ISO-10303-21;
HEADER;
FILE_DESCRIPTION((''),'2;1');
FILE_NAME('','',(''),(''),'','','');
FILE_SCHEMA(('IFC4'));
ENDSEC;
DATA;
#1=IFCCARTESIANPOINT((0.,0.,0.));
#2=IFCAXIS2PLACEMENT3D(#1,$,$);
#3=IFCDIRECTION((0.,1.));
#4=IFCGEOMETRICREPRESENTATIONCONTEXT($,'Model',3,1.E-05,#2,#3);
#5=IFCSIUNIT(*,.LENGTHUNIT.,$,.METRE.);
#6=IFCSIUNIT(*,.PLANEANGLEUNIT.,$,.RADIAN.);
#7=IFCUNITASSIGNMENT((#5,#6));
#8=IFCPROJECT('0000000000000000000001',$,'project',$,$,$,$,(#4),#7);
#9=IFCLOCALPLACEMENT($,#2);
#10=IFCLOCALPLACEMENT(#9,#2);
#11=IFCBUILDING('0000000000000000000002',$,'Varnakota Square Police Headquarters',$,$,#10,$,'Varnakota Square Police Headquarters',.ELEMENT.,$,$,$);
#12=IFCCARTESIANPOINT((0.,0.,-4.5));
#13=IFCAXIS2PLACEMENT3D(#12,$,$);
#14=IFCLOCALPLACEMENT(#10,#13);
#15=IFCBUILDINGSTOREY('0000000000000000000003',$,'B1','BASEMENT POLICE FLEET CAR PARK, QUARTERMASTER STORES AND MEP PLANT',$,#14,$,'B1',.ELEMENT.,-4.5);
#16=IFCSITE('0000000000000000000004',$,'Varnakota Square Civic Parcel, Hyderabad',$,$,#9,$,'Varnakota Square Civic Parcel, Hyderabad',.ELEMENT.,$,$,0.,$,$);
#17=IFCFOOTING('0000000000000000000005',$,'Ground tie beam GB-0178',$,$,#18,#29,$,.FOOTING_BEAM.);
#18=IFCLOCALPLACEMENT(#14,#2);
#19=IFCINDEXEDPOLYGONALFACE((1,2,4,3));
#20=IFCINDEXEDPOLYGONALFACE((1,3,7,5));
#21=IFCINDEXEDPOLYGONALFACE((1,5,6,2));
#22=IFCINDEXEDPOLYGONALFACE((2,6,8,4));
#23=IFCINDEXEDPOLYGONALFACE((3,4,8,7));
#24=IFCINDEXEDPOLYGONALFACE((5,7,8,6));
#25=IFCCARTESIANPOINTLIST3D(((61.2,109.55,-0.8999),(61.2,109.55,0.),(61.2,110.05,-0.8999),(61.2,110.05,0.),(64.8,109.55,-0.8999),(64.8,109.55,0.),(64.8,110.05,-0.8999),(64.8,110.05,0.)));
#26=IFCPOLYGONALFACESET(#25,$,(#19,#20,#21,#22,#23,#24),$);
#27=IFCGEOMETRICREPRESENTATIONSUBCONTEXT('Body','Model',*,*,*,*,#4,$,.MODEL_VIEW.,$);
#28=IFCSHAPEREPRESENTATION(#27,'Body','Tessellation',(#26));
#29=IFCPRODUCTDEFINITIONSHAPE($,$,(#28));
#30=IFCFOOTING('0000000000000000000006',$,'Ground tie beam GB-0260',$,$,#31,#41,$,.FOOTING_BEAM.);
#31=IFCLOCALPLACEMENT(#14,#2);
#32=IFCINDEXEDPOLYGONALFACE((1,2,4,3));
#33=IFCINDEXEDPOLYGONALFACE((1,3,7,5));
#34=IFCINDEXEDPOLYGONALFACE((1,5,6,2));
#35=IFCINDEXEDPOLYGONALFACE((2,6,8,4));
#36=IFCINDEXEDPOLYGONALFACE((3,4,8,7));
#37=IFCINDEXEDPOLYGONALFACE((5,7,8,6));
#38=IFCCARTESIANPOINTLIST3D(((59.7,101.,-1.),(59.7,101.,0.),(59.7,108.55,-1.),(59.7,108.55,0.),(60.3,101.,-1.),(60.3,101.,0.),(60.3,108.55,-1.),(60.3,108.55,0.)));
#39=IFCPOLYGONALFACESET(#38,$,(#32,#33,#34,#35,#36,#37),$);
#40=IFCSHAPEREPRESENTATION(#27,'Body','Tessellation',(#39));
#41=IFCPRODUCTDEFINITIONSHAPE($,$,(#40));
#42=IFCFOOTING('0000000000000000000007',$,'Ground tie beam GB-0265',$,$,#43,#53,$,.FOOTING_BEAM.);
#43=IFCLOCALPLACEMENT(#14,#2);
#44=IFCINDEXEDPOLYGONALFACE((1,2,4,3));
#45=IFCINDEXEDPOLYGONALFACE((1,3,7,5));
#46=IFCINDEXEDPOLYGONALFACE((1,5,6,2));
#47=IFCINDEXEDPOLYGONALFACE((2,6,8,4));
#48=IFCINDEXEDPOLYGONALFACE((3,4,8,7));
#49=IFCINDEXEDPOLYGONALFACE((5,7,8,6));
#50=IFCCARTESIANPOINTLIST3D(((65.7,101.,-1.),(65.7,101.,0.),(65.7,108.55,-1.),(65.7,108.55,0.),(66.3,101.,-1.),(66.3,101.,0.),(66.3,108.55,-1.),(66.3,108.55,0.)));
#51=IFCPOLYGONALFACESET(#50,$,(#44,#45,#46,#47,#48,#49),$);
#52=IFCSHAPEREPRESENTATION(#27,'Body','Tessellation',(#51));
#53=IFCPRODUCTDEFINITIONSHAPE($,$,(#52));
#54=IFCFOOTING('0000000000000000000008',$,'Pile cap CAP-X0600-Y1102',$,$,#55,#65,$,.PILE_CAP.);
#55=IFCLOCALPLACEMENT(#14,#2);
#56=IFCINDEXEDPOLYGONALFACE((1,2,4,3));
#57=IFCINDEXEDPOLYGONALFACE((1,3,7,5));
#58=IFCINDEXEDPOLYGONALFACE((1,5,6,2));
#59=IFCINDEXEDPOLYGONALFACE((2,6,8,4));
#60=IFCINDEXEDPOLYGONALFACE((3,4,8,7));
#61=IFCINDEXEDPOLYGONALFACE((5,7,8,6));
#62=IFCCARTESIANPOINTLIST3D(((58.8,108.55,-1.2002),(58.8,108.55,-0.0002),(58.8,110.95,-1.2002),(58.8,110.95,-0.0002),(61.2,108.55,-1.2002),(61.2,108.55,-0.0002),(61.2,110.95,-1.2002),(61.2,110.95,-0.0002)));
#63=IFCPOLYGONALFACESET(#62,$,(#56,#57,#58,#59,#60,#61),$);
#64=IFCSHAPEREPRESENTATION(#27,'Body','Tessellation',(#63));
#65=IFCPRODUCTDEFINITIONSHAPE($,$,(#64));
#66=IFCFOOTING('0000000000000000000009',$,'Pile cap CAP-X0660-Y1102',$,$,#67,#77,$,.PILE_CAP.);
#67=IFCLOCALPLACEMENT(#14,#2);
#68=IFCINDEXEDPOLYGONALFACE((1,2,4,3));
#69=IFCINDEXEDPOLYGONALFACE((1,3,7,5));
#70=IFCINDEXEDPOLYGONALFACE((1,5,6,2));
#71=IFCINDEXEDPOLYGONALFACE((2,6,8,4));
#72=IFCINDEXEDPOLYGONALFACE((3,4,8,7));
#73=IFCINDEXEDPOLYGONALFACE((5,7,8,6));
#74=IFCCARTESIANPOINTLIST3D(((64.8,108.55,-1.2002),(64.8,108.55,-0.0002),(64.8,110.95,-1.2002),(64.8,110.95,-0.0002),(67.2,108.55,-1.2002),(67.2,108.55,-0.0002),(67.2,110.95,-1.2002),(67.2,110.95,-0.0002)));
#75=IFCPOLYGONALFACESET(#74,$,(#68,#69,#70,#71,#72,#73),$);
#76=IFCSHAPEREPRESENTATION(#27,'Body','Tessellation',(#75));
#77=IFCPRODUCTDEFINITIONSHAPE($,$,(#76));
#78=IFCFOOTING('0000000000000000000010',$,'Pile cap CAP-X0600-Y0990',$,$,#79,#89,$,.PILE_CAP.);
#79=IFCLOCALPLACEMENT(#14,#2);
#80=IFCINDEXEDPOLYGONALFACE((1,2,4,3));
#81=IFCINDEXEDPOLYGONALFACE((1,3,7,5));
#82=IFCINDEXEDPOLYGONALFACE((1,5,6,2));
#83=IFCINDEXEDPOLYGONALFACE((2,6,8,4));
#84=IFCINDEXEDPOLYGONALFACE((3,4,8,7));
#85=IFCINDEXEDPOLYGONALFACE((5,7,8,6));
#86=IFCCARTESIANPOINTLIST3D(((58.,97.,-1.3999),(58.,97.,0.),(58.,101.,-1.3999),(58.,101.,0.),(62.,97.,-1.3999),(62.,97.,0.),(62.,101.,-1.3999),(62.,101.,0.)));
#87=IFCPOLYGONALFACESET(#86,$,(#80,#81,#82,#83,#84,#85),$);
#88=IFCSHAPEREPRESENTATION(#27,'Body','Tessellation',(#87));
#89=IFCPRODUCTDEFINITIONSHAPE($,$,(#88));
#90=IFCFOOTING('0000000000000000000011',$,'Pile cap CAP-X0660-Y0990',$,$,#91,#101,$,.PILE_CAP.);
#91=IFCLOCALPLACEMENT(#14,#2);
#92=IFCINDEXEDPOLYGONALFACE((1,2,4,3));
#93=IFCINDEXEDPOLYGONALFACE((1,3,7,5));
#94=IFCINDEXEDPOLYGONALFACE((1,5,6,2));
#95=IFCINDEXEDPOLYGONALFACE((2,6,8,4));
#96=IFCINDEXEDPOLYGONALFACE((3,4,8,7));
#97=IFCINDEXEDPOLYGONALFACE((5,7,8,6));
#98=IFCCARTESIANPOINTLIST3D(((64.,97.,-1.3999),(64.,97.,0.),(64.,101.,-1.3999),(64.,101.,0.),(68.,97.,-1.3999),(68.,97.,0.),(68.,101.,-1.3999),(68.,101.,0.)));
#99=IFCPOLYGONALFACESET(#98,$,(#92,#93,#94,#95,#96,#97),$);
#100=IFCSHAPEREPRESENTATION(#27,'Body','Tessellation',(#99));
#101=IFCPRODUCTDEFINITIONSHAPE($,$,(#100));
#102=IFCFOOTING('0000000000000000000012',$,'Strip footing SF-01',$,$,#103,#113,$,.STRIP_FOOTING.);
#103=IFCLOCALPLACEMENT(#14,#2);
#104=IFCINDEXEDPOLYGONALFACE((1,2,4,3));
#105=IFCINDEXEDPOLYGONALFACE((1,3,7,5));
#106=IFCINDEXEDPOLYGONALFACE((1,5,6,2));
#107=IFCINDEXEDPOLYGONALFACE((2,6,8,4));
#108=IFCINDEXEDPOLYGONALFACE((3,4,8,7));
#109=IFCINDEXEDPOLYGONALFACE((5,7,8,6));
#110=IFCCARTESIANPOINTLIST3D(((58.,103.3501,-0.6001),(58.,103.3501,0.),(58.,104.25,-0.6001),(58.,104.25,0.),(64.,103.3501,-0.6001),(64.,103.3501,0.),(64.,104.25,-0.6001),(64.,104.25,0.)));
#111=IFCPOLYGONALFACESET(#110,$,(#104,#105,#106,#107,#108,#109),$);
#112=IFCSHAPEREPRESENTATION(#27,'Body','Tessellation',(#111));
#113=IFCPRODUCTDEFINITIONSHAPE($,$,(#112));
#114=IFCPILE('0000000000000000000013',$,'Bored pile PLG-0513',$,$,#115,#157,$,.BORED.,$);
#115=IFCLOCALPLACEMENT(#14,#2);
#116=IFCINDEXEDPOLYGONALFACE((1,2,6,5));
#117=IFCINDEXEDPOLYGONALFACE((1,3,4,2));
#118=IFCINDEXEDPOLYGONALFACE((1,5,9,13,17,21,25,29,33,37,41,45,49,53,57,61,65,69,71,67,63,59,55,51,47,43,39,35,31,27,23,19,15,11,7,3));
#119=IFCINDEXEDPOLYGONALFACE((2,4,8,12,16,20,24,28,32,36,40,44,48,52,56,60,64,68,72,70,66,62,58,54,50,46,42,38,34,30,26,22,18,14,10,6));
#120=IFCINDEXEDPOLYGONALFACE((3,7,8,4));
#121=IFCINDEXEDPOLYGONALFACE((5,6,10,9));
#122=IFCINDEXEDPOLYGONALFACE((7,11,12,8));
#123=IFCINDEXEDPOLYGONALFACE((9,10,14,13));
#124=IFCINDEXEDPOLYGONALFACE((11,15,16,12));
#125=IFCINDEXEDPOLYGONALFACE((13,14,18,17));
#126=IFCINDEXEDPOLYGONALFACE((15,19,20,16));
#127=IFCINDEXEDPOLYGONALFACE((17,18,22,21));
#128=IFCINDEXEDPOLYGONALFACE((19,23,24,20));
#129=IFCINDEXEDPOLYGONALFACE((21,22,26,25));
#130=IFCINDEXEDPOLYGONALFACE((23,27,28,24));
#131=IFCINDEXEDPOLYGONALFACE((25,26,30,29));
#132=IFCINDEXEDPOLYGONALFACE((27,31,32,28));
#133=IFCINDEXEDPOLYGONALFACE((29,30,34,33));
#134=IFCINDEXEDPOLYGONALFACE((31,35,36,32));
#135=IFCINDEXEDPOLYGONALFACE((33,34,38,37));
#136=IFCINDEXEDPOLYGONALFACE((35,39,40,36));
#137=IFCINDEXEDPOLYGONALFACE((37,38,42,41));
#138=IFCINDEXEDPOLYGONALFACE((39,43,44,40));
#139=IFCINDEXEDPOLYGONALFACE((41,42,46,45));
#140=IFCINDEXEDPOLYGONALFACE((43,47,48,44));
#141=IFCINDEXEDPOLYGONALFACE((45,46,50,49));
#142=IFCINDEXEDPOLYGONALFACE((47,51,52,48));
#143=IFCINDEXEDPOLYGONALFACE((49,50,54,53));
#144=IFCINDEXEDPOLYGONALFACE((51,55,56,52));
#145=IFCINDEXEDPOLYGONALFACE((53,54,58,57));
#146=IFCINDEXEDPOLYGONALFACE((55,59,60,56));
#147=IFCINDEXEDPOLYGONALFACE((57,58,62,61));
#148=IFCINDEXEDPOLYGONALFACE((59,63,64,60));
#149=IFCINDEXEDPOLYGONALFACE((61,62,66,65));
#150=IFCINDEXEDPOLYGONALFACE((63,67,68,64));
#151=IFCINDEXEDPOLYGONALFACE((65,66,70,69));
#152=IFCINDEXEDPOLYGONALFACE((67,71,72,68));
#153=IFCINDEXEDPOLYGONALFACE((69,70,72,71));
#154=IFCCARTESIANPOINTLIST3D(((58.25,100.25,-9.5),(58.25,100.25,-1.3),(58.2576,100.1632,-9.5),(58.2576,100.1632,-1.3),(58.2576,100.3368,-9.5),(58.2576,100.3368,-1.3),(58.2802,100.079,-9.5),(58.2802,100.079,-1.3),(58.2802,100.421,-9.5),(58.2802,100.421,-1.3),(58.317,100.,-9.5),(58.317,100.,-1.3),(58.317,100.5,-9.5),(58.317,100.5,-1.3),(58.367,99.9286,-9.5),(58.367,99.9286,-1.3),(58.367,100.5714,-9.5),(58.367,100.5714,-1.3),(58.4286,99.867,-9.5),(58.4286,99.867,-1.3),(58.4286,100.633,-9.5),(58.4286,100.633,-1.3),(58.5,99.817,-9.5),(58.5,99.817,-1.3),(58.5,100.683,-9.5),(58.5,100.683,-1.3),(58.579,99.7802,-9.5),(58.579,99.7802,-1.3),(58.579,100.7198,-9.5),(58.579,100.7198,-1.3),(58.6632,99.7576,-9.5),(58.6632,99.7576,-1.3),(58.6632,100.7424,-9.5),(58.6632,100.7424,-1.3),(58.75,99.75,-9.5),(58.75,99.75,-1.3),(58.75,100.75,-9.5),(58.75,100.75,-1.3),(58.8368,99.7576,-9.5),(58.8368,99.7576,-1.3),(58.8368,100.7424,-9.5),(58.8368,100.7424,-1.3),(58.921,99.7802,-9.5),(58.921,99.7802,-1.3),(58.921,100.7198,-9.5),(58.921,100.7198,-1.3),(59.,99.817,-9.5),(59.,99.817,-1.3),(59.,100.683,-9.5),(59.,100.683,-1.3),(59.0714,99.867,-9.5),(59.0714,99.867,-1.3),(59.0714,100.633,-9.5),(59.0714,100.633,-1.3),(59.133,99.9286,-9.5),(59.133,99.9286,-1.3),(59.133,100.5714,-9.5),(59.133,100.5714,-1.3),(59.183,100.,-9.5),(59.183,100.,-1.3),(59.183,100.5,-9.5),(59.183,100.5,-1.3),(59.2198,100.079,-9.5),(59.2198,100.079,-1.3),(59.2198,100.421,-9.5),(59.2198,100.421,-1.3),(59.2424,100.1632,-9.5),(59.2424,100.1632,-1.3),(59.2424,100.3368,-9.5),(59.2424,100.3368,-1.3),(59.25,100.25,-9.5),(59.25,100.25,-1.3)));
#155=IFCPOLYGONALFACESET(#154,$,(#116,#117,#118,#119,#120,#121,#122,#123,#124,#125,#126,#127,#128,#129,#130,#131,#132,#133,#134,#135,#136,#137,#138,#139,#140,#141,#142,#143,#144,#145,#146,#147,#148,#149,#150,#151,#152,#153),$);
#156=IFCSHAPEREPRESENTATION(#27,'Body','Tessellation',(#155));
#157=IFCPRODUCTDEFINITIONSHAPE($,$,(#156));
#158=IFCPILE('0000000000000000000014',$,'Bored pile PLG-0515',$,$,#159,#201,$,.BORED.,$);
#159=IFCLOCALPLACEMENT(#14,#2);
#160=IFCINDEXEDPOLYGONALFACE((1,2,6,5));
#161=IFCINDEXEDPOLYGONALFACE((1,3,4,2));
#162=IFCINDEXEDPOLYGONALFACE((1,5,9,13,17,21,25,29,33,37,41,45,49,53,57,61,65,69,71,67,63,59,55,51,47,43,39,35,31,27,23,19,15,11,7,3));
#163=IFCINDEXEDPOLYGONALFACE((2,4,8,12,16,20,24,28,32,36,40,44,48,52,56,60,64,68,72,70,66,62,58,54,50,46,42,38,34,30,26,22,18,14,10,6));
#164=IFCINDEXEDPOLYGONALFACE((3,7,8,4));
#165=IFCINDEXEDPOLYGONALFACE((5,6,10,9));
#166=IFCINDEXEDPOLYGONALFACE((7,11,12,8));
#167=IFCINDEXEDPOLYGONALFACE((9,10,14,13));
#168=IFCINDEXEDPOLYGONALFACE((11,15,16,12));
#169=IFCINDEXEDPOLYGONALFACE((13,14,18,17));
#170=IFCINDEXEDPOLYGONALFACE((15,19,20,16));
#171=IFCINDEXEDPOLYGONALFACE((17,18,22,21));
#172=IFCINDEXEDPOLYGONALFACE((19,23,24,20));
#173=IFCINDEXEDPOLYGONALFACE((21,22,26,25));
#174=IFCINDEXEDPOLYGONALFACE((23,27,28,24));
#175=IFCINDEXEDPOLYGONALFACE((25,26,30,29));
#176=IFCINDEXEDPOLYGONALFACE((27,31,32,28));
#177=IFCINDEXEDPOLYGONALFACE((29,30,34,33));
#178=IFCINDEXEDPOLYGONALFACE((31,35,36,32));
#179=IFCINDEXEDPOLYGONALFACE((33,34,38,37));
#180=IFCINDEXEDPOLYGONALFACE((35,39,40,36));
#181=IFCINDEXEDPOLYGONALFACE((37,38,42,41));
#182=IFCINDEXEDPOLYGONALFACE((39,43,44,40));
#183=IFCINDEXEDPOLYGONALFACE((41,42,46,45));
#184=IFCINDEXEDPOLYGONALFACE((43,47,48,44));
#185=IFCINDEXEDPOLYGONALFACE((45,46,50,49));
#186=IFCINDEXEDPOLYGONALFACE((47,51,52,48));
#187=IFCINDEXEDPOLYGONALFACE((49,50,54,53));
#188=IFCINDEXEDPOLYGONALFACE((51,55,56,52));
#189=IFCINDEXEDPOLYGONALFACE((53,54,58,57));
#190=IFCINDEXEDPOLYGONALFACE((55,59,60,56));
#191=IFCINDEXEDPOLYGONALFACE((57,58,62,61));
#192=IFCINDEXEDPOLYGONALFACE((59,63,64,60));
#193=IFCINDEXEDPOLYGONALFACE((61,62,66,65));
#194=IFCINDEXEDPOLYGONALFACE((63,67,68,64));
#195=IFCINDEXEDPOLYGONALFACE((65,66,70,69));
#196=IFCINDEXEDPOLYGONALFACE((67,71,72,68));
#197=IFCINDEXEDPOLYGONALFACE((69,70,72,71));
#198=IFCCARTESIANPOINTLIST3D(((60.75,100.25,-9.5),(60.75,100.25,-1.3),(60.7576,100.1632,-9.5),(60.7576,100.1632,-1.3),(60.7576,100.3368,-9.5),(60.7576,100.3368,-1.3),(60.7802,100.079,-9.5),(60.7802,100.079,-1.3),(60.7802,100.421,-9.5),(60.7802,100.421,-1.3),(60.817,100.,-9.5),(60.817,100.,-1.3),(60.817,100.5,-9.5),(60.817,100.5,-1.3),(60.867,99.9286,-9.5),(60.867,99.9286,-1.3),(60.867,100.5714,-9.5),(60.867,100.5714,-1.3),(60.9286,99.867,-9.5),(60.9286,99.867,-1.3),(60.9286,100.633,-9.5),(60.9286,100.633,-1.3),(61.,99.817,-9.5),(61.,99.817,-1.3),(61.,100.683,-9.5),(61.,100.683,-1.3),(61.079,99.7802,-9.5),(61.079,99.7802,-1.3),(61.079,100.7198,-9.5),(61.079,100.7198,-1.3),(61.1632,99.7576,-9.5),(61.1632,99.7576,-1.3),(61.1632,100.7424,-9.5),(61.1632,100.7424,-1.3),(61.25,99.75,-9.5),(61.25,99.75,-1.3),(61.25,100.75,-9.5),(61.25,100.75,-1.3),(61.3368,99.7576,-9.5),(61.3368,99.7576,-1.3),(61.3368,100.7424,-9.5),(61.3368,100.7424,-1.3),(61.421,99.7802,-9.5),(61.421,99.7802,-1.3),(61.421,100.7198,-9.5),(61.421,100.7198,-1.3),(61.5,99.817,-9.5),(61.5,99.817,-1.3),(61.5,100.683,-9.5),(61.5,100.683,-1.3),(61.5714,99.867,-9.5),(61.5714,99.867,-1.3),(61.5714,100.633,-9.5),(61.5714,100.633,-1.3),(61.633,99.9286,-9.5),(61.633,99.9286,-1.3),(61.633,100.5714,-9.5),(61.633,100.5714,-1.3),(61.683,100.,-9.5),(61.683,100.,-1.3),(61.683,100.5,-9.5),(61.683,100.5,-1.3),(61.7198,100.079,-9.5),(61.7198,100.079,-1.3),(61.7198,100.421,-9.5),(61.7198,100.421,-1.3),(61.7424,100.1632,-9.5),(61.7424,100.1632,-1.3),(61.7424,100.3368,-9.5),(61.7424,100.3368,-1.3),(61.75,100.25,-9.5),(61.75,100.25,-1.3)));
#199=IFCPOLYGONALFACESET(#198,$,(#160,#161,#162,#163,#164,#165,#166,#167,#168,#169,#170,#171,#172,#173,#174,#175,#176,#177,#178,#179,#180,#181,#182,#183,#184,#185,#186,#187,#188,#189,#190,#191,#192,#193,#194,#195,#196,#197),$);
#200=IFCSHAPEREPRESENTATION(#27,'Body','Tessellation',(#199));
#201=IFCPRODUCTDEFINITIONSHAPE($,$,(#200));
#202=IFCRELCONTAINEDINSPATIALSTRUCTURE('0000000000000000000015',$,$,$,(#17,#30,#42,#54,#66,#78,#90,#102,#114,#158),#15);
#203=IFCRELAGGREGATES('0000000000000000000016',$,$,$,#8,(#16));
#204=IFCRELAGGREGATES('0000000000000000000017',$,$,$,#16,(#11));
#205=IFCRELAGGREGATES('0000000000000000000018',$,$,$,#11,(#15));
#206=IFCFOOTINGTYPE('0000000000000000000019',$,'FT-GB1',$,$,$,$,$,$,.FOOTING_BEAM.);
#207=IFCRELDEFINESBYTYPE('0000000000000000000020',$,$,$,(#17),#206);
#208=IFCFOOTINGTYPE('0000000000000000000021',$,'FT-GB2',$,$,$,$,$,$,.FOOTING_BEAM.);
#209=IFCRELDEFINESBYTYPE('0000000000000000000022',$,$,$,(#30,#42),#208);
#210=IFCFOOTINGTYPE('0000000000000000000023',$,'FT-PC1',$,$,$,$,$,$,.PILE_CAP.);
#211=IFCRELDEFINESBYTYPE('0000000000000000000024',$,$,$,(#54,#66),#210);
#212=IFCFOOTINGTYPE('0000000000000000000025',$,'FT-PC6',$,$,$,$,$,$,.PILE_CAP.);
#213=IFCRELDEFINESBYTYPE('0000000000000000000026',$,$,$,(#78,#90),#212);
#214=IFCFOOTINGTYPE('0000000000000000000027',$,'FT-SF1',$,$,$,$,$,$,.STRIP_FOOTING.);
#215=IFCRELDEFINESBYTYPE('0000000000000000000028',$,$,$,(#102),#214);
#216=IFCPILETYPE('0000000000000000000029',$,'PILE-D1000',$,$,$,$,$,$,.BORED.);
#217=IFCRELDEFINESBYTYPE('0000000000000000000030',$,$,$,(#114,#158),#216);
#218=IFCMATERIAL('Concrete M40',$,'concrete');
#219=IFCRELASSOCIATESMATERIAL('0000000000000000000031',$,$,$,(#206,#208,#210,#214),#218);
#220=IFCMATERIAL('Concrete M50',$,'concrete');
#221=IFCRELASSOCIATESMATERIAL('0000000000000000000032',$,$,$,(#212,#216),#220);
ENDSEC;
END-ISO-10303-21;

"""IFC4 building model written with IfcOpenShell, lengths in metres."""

from ifc_helpers import new_model, si_unit, direction, frame, origin, origin_2d, place, context, subcontext, project, spatial, rectangle, circle, extrude, material, material_profile, profile_set, type_object, element, save


model = new_model("IFC4")

# Units and contexts
model_context = context("Model", 3, precision=1e-05, world=origin(), true_north=direction((0.0, 1.0)))
body_context = subcontext(model_context, "Body", "Model", "MODEL_VIEW")
ifc_project = project(units=[si_unit("LENGTHUNIT", "METRE"), si_unit("PLANEANGLEUNIT", "RADIAN")], contexts=[model_context])

# Site, building, storey
site_placement = place(None, origin())
site = spatial("IfcSite", under=ifc_project, at=site_placement, Name="Varnakota Square Civic Parcel, Hyderabad", LongName="Varnakota Square Civic Parcel, Hyderabad", CompositionType="ELEMENT", RefElevation=0.0)
building_placement = place(site_placement, origin())
building = spatial("IfcBuilding", under=site, at=building_placement, Name="Varnakota Square Police Headquarters", LongName="Varnakota Square Police Headquarters", CompositionType="ELEMENT")
storey_placement = place(building_placement, frame((0.0, 0.0, -4.5)))
storey = spatial("IfcBuildingStorey", under=building, at=storey_placement, Name="B1", Description="BASEMENT POLICE FLEET CAR PARK, QUARTERMASTER STORES AND MEP PLANT", LongName="B1", CompositionType="ELEMENT", Elevation=-4.5)

# Footings
ifc_material_1 = material(Name="Concrete M40", Category="concrete")
ifc_material_profile_1 = material_profile(ifc_material_1, rectangle(XDim=0.5, YDim=0.8999, at=origin_2d()), Name="GB 500x900")
ifc_profile_set_1 = profile_set([ifc_material_profile_1], Name="Concrete M40")
footing_type_1 = type_object("IfcFootingType", Name="FT-GB1", PredefinedType="FOOTING_BEAM", material=ifc_profile_set_1)
footing_1_placement = place(storey_placement, frame((61.2, 109.8, -0.45), z_axis=(1.0, 0.0, 0.0), x_axis=(0.0, 1.0, 0.0)))
element("IfcFooting", 1, at=footing_1_placement, inside=storey, type_object=footing_type_1, Name="Ground tie beam GB-0178", PredefinedType="FOOTING_BEAM", context=body_context, shape_type="SweptSolid", body=[
    extrude(rectangle(XDim=0.5, YDim=0.8999, at=origin_2d()), origin(), (0.0, 0.0, 1.0), 3.6001),
])
ifc_material_profile_2 = material_profile(ifc_material_1, rectangle(XDim=0.6001, YDim=1.0, at=origin_2d()), Name="GB 600x1000")
ifc_profile_set_2 = profile_set([ifc_material_profile_2], Name="Concrete M40")
footing_type_2 = type_object("IfcFootingType", Name="FT-GB2", PredefinedType="FOOTING_BEAM", material=ifc_profile_set_2)
for number, where, z_axis, x_axis, name in (
    (2, (60.0, 101.0, -0.5), (0.0, 1.0, 0.0), (-1.0, 0.0, 0.0), "Ground tie beam GB-0260"),
    (3, (66.0, 101.0, -0.5), (0.0, 1.0, 0.0), (-1.0, 0.0, 0.0), "Ground tie beam GB-0265"),
):
    element("IfcFooting", number, at=place(storey_placement, frame(where, z_axis=z_axis, x_axis=x_axis)), inside=storey, type_object=footing_type_2, Name=name, PredefinedType="FOOTING_BEAM", context=body_context, shape_type="SweptSolid", body=[
        extrude(rectangle(XDim=0.6001, YDim=1.0, at=origin_2d()), origin(), (0.0, 0.0, 1.0), 7.55),
    ])
footing_type_3 = type_object("IfcFootingType", Name="FT-PC1", PredefinedType="PILE_CAP", material=ifc_material_1)
for number, where, z_axis, x_axis, name in (
    (4, (60.0, 109.75, -1.2002), (0.0, 0.0, 1.0), (1.0, 0.0, 0.0), "Pile cap CAP-X0600-Y1102"),
    (5, (66.0, 109.75, -1.2002), (0.0, 0.0, 1.0), (1.0, 0.0, 0.0), "Pile cap CAP-X0660-Y1102"),
):
    element("IfcFooting", number, at=place(storey_placement, frame(where, z_axis=z_axis, x_axis=x_axis)), inside=storey, type_object=footing_type_3, Name=name, PredefinedType="PILE_CAP", context=body_context, shape_type="SweptSolid", body=[
        extrude(rectangle(XDim=2.3999, YDim=2.3999, at=origin_2d()), origin(), (0.0, 0.0, 1.0), 1.2),
    ])
ifc_material_2 = material(Name="Concrete M50", Category="concrete")
footing_type_4 = type_object("IfcFootingType", Name="FT-PC6", PredefinedType="PILE_CAP", material=ifc_material_2)
for number, where, z_axis, x_axis, name in (
    (6, (60.0, 99.0, -1.3999), (0.0, 0.0, 1.0), (1.0, 0.0, 0.0), "Pile cap CAP-X0600-Y0990"),
    (7, (66.0, 99.0, -1.3999), (0.0, 0.0, 1.0), (1.0, 0.0, 0.0), "Pile cap CAP-X0660-Y0990"),
):
    element("IfcFooting", number, at=place(storey_placement, frame(where, z_axis=z_axis, x_axis=x_axis)), inside=storey, type_object=footing_type_4, Name=name, PredefinedType="PILE_CAP", context=body_context, shape_type="SweptSolid", body=[
        extrude(rectangle(XDim=4.0, YDim=4.0, at=origin_2d()), origin(), (0.0, 0.0, 1.0), 1.3999),
    ])
ifc_material_profile_3 = material_profile(ifc_material_1, rectangle(XDim=0.8999, YDim=0.6001, at=origin_2d()), Name="SF 900x600")
ifc_profile_set_3 = profile_set([ifc_material_profile_3], Name="Concrete M40")
footing_type_5 = type_object("IfcFootingType", Name="FT-SF1", PredefinedType="STRIP_FOOTING", material=ifc_profile_set_3)
footing_2_placement = place(storey_placement, frame((58.0, 103.8, -0.3), z_axis=(1.0, 0.0, 0.0), x_axis=(0.0, 1.0, 0.0)))
element("IfcFooting", 8, at=footing_2_placement, inside=storey, type_object=footing_type_5, Name="Strip footing SF-01", PredefinedType="STRIP_FOOTING", context=body_context, shape_type="SweptSolid", body=[
    extrude(rectangle(XDim=0.8999, YDim=0.6001, at=origin_2d()), origin(), (0.0, 0.0, 1.0), 6.0),
])

# Piles
ifc_material_profile_4 = material_profile(ifc_material_2, circle(Radius=0.5, at=origin_2d()), Name="BORED PILE 1000")
ifc_profile_set_4 = profile_set([ifc_material_profile_4], Name="Concrete M50")
pile_type_1 = type_object("IfcPileType", Name="PILE-D1000", PredefinedType="BORED", material=ifc_profile_set_4)
for number, where, z_axis, x_axis, name in (
    (9, (58.75, 100.25, -1.3), (0.0, 0.0, -1.0), (1.0, 0.0, 0.0), "Bored pile PLG-0513"),
    (10, (61.25, 100.25, -1.3), (0.0, 0.0, -1.0), (1.0, 0.0, 0.0), "Bored pile PLG-0515"),
):
    element("IfcPile", number, at=place(storey_placement, frame(where, z_axis=z_axis, x_axis=x_axis)), inside=storey, type_object=pile_type_1, Name=name, PredefinedType="BORED", context=body_context, shape_type="SweptSolid", body=[
        extrude(circle(Radius=0.5, at=origin_2d()), origin(), (0.0, 0.0, 1.0), 8.2),
    ])

save(model, "model.ifc")
